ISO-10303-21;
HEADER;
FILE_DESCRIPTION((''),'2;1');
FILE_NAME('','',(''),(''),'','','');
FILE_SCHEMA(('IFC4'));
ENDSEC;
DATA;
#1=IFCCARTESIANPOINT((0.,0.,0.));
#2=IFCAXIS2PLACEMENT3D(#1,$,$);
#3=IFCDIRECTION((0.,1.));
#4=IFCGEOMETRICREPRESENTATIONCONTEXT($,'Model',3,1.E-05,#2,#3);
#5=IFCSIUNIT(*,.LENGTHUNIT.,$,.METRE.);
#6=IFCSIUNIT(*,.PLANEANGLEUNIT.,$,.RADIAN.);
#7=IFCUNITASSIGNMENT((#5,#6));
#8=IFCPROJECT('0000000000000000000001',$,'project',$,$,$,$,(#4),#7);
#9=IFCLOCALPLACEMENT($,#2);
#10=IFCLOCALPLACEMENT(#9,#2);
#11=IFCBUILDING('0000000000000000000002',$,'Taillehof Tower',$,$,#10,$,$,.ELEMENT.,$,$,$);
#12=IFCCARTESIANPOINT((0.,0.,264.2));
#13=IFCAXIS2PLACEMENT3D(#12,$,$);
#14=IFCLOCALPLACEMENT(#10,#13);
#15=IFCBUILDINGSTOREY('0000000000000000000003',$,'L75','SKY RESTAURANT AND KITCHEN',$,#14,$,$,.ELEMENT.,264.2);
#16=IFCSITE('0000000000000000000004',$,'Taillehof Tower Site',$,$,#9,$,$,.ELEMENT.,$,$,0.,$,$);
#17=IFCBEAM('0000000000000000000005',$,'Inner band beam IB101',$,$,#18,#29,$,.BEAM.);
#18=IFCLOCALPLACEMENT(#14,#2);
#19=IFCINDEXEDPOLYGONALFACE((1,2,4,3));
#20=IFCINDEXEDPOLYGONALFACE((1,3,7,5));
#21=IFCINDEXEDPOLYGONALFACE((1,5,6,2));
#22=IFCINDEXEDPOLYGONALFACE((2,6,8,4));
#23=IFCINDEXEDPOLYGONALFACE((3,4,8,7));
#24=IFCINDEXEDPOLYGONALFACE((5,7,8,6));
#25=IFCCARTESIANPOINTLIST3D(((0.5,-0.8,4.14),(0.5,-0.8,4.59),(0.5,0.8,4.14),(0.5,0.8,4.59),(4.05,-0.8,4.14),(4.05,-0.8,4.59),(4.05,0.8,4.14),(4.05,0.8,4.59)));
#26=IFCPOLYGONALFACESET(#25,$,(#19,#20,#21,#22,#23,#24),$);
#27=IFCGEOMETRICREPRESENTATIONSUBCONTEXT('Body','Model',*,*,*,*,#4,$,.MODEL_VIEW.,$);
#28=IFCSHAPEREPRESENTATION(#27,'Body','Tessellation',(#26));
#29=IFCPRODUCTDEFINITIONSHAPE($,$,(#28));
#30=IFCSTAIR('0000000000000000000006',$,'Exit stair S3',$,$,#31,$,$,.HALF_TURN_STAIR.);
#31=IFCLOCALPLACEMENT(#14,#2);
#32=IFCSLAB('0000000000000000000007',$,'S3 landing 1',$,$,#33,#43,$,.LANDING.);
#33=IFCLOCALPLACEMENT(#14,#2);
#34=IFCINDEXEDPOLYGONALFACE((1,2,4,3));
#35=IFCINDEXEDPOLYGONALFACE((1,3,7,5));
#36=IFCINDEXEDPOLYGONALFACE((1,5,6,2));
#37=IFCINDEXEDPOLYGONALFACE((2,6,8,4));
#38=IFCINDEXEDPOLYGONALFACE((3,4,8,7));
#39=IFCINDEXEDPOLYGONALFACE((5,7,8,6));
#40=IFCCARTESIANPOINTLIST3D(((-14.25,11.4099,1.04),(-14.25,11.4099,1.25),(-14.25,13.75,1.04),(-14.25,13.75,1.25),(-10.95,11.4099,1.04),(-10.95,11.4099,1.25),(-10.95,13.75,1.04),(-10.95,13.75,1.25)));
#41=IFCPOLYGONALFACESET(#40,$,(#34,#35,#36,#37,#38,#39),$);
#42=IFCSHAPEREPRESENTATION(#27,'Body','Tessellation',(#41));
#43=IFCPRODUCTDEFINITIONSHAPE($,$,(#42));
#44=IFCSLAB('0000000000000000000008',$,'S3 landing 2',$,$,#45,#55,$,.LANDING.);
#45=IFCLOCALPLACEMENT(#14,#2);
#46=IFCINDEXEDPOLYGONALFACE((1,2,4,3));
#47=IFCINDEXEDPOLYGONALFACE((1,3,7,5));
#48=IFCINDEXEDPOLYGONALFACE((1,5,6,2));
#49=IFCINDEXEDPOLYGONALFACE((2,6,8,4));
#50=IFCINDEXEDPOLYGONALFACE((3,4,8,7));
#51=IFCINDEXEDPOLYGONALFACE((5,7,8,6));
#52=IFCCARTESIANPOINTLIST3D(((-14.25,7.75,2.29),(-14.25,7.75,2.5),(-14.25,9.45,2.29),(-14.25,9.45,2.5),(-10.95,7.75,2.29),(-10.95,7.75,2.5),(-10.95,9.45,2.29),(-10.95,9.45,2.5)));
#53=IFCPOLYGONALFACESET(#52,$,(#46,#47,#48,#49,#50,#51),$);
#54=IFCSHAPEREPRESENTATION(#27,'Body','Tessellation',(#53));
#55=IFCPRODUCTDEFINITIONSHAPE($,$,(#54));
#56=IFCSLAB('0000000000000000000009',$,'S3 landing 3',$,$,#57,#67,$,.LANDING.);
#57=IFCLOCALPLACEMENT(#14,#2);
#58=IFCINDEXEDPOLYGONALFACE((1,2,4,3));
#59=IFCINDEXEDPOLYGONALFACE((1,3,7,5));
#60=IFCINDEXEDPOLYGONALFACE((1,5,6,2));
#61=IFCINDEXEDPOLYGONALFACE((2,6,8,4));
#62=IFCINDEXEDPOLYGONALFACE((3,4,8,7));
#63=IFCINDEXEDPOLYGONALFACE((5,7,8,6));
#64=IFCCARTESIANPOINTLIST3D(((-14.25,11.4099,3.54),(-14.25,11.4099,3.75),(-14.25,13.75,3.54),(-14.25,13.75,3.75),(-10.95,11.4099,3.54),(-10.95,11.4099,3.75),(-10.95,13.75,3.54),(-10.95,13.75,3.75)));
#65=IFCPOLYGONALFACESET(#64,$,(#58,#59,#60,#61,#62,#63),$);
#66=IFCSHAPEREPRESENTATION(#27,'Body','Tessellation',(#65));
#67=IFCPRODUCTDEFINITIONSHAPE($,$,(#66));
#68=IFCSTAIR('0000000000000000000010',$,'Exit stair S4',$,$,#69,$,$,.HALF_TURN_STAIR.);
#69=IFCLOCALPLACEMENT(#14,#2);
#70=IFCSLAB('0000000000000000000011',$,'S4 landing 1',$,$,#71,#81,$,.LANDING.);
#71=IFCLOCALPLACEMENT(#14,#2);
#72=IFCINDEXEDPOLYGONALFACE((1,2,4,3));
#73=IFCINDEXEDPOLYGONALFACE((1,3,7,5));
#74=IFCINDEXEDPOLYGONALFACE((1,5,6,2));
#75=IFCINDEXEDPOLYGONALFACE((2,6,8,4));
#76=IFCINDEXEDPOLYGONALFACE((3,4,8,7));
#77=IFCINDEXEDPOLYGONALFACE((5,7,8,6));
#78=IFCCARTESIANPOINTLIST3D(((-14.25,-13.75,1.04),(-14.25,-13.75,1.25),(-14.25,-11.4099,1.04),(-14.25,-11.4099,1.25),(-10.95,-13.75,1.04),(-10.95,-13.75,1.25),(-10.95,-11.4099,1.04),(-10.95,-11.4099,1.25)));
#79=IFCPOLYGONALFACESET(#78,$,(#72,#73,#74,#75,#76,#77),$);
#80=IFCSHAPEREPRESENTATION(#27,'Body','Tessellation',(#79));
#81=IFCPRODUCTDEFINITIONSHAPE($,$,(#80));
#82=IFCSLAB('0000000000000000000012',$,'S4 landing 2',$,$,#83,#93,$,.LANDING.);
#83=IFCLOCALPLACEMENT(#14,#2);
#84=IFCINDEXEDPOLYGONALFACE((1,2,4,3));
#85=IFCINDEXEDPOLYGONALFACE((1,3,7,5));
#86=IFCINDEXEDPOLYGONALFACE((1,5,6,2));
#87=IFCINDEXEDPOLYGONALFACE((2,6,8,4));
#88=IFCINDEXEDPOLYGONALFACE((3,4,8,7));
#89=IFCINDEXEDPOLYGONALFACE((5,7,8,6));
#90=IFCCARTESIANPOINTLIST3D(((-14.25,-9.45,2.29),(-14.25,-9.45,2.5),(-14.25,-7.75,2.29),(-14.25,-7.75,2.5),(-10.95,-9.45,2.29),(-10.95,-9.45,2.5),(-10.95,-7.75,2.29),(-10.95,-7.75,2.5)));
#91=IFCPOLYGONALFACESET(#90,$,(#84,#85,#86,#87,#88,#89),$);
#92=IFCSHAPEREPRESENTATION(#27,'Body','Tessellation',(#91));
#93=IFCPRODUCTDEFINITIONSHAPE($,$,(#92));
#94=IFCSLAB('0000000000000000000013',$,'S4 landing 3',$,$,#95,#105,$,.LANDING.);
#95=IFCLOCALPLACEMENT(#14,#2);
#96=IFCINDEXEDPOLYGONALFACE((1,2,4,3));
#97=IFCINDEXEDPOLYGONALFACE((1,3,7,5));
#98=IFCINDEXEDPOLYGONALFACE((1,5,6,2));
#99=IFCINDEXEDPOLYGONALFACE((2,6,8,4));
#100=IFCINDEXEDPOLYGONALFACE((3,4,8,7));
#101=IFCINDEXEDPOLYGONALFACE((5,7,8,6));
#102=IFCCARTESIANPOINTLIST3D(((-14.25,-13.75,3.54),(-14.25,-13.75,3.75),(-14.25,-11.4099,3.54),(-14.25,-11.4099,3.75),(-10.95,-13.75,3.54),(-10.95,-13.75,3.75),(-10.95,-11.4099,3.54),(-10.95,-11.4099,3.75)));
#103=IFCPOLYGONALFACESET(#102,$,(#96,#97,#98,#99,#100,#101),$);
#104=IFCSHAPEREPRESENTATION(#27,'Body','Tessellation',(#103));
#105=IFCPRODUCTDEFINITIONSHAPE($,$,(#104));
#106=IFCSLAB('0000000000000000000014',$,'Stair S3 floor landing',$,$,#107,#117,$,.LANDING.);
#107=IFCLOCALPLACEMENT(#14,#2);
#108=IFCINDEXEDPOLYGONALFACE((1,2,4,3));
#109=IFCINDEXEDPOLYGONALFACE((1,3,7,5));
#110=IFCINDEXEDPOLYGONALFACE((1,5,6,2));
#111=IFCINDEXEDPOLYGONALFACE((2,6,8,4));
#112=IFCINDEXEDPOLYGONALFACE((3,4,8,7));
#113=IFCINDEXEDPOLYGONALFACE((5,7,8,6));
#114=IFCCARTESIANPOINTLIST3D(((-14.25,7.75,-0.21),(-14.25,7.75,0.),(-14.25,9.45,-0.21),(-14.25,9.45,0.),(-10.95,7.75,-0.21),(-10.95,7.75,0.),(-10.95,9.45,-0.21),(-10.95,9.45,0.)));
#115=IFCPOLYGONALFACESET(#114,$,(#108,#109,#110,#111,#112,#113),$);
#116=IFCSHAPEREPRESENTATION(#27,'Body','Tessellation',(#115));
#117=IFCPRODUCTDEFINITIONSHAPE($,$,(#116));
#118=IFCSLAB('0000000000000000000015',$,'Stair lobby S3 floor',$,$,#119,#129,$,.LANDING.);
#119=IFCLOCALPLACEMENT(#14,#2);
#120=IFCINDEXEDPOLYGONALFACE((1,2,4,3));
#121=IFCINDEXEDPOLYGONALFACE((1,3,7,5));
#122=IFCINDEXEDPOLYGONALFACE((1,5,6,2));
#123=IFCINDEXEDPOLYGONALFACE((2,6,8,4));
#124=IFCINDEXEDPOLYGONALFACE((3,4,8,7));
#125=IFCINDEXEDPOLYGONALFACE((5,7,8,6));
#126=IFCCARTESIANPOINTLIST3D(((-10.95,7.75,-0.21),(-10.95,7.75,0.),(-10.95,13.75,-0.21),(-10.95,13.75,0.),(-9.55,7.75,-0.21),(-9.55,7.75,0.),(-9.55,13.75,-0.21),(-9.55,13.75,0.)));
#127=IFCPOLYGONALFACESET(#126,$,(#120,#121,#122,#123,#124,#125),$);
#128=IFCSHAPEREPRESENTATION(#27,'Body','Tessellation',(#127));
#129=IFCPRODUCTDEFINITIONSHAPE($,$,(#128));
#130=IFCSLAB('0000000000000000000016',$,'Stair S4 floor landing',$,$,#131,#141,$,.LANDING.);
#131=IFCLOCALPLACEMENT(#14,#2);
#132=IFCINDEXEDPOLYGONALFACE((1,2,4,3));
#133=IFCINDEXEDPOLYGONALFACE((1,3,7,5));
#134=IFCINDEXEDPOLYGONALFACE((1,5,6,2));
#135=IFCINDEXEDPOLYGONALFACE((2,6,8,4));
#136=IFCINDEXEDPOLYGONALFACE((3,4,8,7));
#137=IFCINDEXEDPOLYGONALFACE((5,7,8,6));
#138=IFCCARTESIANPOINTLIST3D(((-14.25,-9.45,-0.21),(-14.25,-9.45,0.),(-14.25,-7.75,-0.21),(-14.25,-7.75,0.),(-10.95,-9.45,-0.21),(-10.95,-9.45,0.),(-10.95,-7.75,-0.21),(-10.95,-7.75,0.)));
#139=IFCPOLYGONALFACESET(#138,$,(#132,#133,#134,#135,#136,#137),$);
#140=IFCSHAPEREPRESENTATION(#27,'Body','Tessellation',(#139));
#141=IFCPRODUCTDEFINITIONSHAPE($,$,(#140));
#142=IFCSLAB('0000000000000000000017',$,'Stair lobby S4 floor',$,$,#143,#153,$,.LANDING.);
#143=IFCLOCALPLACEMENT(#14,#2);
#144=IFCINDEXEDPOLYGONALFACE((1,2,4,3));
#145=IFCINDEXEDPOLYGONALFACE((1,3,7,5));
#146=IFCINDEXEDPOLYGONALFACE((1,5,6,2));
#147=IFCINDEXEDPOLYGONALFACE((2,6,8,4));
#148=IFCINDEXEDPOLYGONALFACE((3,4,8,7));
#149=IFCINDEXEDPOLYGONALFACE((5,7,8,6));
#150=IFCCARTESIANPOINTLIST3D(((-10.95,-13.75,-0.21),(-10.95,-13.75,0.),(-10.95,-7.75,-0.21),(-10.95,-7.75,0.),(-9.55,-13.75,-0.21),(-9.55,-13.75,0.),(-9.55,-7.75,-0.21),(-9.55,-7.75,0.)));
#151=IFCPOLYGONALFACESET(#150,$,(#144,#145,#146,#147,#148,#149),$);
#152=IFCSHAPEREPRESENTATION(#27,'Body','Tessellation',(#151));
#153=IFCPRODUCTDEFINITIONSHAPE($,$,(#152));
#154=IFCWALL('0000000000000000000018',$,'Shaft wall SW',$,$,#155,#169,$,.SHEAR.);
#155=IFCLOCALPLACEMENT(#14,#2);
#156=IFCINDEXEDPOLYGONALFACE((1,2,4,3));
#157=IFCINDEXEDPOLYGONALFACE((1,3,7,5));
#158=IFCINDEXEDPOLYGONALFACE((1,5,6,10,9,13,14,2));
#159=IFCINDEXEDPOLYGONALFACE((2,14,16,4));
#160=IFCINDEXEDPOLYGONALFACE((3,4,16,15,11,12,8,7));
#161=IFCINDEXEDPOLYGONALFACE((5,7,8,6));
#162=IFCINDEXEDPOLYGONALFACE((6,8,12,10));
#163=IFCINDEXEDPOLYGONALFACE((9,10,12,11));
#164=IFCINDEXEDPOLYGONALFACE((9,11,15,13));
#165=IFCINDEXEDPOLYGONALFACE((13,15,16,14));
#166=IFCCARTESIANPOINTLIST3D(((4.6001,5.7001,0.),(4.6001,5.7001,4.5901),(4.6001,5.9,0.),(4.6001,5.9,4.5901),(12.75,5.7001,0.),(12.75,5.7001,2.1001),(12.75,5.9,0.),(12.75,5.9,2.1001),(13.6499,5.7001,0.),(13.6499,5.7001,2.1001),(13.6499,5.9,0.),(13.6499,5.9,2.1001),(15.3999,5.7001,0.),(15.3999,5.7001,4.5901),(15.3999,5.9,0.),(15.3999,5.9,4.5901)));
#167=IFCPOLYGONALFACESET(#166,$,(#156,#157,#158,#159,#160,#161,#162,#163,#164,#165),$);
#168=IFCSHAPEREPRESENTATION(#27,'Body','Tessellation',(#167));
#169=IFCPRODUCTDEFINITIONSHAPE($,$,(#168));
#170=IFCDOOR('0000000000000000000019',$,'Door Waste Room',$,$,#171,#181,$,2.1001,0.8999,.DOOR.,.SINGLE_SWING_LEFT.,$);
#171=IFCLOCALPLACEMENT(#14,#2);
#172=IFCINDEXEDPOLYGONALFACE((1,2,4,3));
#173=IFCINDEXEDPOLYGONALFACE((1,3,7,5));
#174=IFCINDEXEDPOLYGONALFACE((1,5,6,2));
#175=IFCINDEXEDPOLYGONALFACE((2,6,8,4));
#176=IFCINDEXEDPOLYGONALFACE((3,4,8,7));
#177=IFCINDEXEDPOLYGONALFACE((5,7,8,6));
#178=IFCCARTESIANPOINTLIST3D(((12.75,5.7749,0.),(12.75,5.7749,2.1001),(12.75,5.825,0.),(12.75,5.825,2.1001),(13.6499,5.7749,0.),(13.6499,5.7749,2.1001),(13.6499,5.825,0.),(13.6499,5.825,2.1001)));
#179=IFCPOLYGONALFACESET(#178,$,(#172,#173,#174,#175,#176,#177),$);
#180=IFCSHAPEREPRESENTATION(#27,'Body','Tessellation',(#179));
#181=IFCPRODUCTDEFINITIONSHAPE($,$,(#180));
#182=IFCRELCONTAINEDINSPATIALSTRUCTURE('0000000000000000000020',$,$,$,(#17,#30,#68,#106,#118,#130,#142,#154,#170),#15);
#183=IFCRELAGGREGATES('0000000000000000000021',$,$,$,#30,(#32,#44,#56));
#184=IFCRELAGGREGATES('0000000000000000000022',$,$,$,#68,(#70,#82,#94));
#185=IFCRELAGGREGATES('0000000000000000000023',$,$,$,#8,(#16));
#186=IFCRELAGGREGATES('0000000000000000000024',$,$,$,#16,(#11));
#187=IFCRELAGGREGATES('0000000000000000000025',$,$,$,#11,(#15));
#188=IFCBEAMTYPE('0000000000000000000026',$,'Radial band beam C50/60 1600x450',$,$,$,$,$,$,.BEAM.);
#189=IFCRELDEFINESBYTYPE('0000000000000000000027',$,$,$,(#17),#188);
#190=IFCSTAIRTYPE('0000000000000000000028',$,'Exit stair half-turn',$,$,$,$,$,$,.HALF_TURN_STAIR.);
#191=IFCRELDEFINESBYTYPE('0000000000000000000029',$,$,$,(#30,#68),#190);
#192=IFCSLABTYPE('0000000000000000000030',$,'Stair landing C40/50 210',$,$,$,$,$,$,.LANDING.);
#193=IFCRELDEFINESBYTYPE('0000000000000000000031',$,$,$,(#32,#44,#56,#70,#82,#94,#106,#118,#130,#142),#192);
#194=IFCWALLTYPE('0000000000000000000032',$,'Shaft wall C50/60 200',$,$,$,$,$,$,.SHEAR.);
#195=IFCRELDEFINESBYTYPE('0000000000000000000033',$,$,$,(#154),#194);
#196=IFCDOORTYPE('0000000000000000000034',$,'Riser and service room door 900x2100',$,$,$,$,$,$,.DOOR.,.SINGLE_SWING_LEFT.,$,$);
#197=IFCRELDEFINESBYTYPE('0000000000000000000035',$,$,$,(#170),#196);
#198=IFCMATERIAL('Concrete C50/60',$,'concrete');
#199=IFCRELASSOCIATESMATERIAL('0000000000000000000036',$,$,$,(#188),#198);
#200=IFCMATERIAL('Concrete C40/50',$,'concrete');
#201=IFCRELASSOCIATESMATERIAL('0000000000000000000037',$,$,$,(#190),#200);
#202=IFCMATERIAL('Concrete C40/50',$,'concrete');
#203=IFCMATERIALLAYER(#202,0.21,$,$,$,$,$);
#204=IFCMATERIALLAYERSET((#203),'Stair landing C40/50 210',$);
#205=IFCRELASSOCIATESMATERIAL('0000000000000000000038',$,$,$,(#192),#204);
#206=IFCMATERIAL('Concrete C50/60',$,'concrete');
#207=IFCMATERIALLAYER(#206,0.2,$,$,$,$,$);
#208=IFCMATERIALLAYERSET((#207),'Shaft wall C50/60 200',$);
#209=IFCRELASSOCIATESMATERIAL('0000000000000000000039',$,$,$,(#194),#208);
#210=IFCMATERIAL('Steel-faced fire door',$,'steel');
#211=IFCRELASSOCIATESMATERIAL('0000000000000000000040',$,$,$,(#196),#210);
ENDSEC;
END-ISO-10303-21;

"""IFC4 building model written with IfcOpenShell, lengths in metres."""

from ifc_helpers import new_model, si_unit, direction, frame, frame_2d, origin, origin_2d, place, context, subcontext, project, spatial, polyline, rectangle, outline, extrude, material, layer, layer_set, material_profile, profile_set, type_object, element, fill, aggregate, save


model = new_model("IFC4")

# Units and contexts
model_context = context("Model", 3, precision=1e-05, world=origin(), true_north=direction((0.0, 1.0)))
body_context = subcontext(model_context, "Body", "Model", "MODEL_VIEW")
ifc_project = project(units=[si_unit("LENGTHUNIT", "METRE"), si_unit("PLANEANGLEUNIT", "RADIAN")], contexts=[model_context])

# Site, building, storey
site_placement = place(None, origin())
site = spatial("IfcSite", under=ifc_project, at=site_placement, Name="Taillehof Tower Site", CompositionType="ELEMENT", RefElevation=0.0)
building_placement = place(site_placement, origin())
building = spatial("IfcBuilding", under=site, at=building_placement, Name="Taillehof Tower", CompositionType="ELEMENT")
storey_placement = place(building_placement, frame((0.0, 0.0, 264.2)))
storey = spatial("IfcBuildingStorey", under=building, at=storey_placement, Name="L75", Description="SKY RESTAURANT AND KITCHEN", CompositionType="ELEMENT", Elevation=264.2)

# Beam
ifc_material_1 = material(Name="Concrete C50/60", Category="concrete")
ifc_material_profile = material_profile(ifc_material_1, rectangle(XDim=1.6001, YDim=0.45, at=origin_2d()), Name="RC 1600x450")
ifc_profile_set = profile_set([ifc_material_profile], Name="Concrete C50/60")
beam_type = type_object("IfcBeamType", Name="Radial band beam C50/60 1600x450", PredefinedType="BEAM", material=ifc_profile_set)
beam_placement = place(storey_placement, frame((0.5, 0.0, 4.365), z_axis=(1.0, 0.0, 0.0), x_axis=(0.0, 1.0, 0.0)))
element("IfcBeam", 1, at=beam_placement, inside=storey, type_object=beam_type, Name="Inner band beam IB101", PredefinedType="BEAM", context=body_context, shape_type="SweptSolid", body=[
    extrude(rectangle(XDim=1.6001, YDim=0.45, at=origin_2d()), origin(), (0.0, 0.0, 1.0), 3.55),
])

# Stairs, slabs
ifc_material_2 = material(Name="Concrete C40/50", Category="concrete")
stair_type = type_object("IfcStairType", Name="Exit stair half-turn", PredefinedType="HALF_TURN_STAIR", material=ifc_material_2)
stair_1_placement = place(storey_placement, origin())
stair_1 = element("IfcStair", 2, at=stair_1_placement, inside=storey, type_object=stair_type, Name="Exit stair S3", PredefinedType="HALF_TURN_STAIR")
ifc_material_3 = material(Name="Concrete C40/50", Category="concrete")
ifc_layer_1 = layer(ifc_material_3, 0.21)
ifc_layer_set_1 = layer_set([ifc_layer_1], Name="Stair landing C40/50 210")
slab_type = type_object("IfcSlabType", Name="Stair landing C40/50 210", PredefinedType="LANDING", material=ifc_layer_set_1)
slab_1_placement = place(storey_placement, frame((0.0, 0.0, 1.04)))
slab_1 = element("IfcSlab", 3, at=slab_1_placement, type_object=slab_type, Name="S3 landing 1", PredefinedType="LANDING", context=body_context, shape_type="SweptSolid", body=[
    extrude(outline(polyline([(-14.25, 11.4099), (-14.25, 13.75), (-10.95, 13.75), (-10.95, 11.4099), (-14.25, 11.4099)])), origin(), (0.0, 0.0, 1.0), 0.21),
])
slab_2_placement = place(storey_placement, frame((0.0, 0.0, 2.29)))
slab_2 = element("IfcSlab", 4, at=slab_2_placement, type_object=slab_type, Name="S3 landing 2", PredefinedType="LANDING", context=body_context, shape_type="SweptSolid", body=[
    extrude(outline(polyline([(-14.25, 7.75), (-14.25, 9.45), (-10.95, 9.45), (-10.95, 7.75), (-14.25, 7.75)])), origin(), (0.0, 0.0, 1.0), 0.21),
])
slab_3_placement = place(storey_placement, frame((0.0, 0.0, 3.54)))
slab_3 = element("IfcSlab", 5, at=slab_3_placement, type_object=slab_type, Name="S3 landing 3", PredefinedType="LANDING", context=body_context, shape_type="SweptSolid", body=[
    extrude(outline(polyline([(-14.25, 11.4099), (-14.25, 13.75), (-10.95, 13.75), (-10.95, 11.4099), (-14.25, 11.4099)])), origin(), (0.0, 0.0, 1.0), 0.21),
])
aggregate(stair_1, [slab_1, slab_2, slab_3])
stair_2_placement = place(storey_placement, origin())
stair_2 = element("IfcStair", 6, at=stair_2_placement, inside=storey, type_object=stair_type, Name="Exit stair S4", PredefinedType="HALF_TURN_STAIR")
slab_4_placement = place(storey_placement, frame((0.0, 0.0, 1.04)))
slab_4 = element("IfcSlab", 7, at=slab_4_placement, type_object=slab_type, Name="S4 landing 1", PredefinedType="LANDING", context=body_context, shape_type="SweptSolid", body=[
    extrude(outline(polyline([(-14.25, -11.4099), (-14.25, -13.75), (-10.95, -13.75), (-10.95, -11.4099), (-14.25, -11.4099)])), origin(), (0.0, 0.0, 1.0), 0.21),
])
slab_5_placement = place(storey_placement, frame((0.0, 0.0, 2.29)))
slab_5 = element("IfcSlab", 8, at=slab_5_placement, type_object=slab_type, Name="S4 landing 2", PredefinedType="LANDING", context=body_context, shape_type="SweptSolid", body=[
    extrude(outline(polyline([(-14.25, -7.75), (-14.25, -9.45), (-10.95, -9.45), (-10.95, -7.75), (-14.25, -7.75)])), origin(), (0.0, 0.0, 1.0), 0.21),
])
slab_6_placement = place(storey_placement, frame((0.0, 0.0, 3.54)))
slab_6 = element("IfcSlab", 9, at=slab_6_placement, type_object=slab_type, Name="S4 landing 3", PredefinedType="LANDING", context=body_context, shape_type="SweptSolid", body=[
    extrude(outline(polyline([(-14.25, -11.4099), (-14.25, -13.75), (-10.95, -13.75), (-10.95, -11.4099), (-14.25, -11.4099)])), origin(), (0.0, 0.0, 1.0), 0.21),
])
aggregate(stair_2, [slab_4, slab_5, slab_6])

# Slabs
slab_7_placement = place(storey_placement, frame((0.0, 0.0, -0.21)))
element("IfcSlab", 10, at=slab_7_placement, inside=storey, type_object=slab_type, Name="Stair S3 floor landing", PredefinedType="LANDING", context=body_context, shape_type="SweptSolid", body=[
    extrude(outline(polyline([(-14.25, 7.75), (-14.25, 9.45), (-10.95, 9.45), (-10.95, 7.75), (-14.25, 7.75)])), origin(), (0.0, 0.0, 1.0), 0.21),
])
slab_8_placement = place(storey_placement, frame((0.0, 0.0, -0.21)))
element("IfcSlab", 11, at=slab_8_placement, inside=storey, type_object=slab_type, Name="Stair lobby S3 floor", PredefinedType="LANDING", context=body_context, shape_type="SweptSolid", body=[
    extrude(outline(polyline([(-10.95, 7.75), (-9.55, 7.75), (-9.55, 13.75), (-10.95, 13.75), (-10.95, 7.75)])), origin(), (0.0, 0.0, 1.0), 0.21),
])
slab_9_placement = place(storey_placement, frame((0.0, 0.0, -0.21)))
element("IfcSlab", 12, at=slab_9_placement, inside=storey, type_object=slab_type, Name="Stair S4 floor landing", PredefinedType="LANDING", context=body_context, shape_type="SweptSolid", body=[
    extrude(outline(polyline([(-14.25, -7.75), (-14.25, -9.45), (-10.95, -9.45), (-10.95, -7.75), (-14.25, -7.75)])), origin(), (0.0, 0.0, 1.0), 0.21),
])
slab_10_placement = place(storey_placement, frame((0.0, 0.0, -0.21)))
element("IfcSlab", 13, at=slab_10_placement, inside=storey, type_object=slab_type, Name="Stair lobby S4 floor", PredefinedType="LANDING", context=body_context, shape_type="SweptSolid", body=[
    extrude(outline(polyline([(-10.95, -13.75), (-9.55, -13.75), (-9.55, -7.75), (-10.95, -7.75), (-10.95, -13.75)])), origin(), (0.0, 0.0, 1.0), 0.21),
])

# Wall, opening, door
ifc_material_4 = material(Name="Concrete C50/60", Category="concrete")
ifc_layer_2 = layer(ifc_material_4, 0.2)
ifc_layer_set_2 = layer_set([ifc_layer_2], Name="Shaft wall C50/60 200")
wall_type_1 = type_object("IfcWallType", Name="Shaft wall C50/60 200", PredefinedType="SHEAR", material=ifc_layer_set_2)
wall_1_placement = place(storey_placement, frame((4.6001, 5.8, 0.0), z_axis=(0.0, 0.0, 1.0), x_axis=(1.0, 0.0, 0.0)))
wall_1 = element("IfcWall", 14, at=wall_1_placement, inside=storey, type_object=wall_type_1, Name="Shaft wall SW", PredefinedType="SHEAR", context=body_context, shape_type="SweptSolid", body=[
    extrude(rectangle(XDim=10.7998, YDim=0.2, at=frame_2d((5.3999, 0.0))), origin(), (0.0, 0.0, 1.0), 4.5901),
])
opening_1_placement = place(wall_1_placement, frame((8.1499, 0.0, 0.0)))
opening_1 = element("IfcOpeningElement", 15, at=opening_1_placement, cuts=wall_1, PredefinedType="OPENING", context=body_context, shape_type="SweptSolid", body=[
    extrude(rectangle(XDim=0.8999, YDim=2.1001, at=frame_2d((0.45, 1.05))), frame((0.0, 0.1099, 0.0), z_axis=(0.0, -1.0, 0.0), x_axis=(1.0, 0.0, 0.0)), (0.0, 0.0, 1.0), 0.22),
])
ifc_material_5 = material(Name="Steel-faced fire door", Category="steel")
door_type_1 = type_object("IfcDoorType", Name="Riser and service room door 900x2100", OperationType="SINGLE_SWING_LEFT", PredefinedType="DOOR", material=ifc_material_5)
door_1_placement = place(opening_1_placement, origin())
door_1 = element("IfcDoor", 16, at=door_1_placement, inside=storey, type_object=door_type_1, Name="Door Waste Room", OperationType="SINGLE_SWING_LEFT", OverallHeight=2.1001, OverallWidth=0.8999, PredefinedType="DOOR", context=body_context, shape_type="SweptSolid", body=[
    extrude(rectangle(XDim=0.8999, YDim=2.1001, at=frame_2d((0.45, 1.05))), frame((0.0, 0.0249, 0.0), z_axis=(0.0, -1.0, 0.0), x_axis=(1.0, 0.0, 0.0)), (0.0, 0.0, 1.0), 0.05),
])
fill(opening_1, door_1)

save(model, "model.ifc")
